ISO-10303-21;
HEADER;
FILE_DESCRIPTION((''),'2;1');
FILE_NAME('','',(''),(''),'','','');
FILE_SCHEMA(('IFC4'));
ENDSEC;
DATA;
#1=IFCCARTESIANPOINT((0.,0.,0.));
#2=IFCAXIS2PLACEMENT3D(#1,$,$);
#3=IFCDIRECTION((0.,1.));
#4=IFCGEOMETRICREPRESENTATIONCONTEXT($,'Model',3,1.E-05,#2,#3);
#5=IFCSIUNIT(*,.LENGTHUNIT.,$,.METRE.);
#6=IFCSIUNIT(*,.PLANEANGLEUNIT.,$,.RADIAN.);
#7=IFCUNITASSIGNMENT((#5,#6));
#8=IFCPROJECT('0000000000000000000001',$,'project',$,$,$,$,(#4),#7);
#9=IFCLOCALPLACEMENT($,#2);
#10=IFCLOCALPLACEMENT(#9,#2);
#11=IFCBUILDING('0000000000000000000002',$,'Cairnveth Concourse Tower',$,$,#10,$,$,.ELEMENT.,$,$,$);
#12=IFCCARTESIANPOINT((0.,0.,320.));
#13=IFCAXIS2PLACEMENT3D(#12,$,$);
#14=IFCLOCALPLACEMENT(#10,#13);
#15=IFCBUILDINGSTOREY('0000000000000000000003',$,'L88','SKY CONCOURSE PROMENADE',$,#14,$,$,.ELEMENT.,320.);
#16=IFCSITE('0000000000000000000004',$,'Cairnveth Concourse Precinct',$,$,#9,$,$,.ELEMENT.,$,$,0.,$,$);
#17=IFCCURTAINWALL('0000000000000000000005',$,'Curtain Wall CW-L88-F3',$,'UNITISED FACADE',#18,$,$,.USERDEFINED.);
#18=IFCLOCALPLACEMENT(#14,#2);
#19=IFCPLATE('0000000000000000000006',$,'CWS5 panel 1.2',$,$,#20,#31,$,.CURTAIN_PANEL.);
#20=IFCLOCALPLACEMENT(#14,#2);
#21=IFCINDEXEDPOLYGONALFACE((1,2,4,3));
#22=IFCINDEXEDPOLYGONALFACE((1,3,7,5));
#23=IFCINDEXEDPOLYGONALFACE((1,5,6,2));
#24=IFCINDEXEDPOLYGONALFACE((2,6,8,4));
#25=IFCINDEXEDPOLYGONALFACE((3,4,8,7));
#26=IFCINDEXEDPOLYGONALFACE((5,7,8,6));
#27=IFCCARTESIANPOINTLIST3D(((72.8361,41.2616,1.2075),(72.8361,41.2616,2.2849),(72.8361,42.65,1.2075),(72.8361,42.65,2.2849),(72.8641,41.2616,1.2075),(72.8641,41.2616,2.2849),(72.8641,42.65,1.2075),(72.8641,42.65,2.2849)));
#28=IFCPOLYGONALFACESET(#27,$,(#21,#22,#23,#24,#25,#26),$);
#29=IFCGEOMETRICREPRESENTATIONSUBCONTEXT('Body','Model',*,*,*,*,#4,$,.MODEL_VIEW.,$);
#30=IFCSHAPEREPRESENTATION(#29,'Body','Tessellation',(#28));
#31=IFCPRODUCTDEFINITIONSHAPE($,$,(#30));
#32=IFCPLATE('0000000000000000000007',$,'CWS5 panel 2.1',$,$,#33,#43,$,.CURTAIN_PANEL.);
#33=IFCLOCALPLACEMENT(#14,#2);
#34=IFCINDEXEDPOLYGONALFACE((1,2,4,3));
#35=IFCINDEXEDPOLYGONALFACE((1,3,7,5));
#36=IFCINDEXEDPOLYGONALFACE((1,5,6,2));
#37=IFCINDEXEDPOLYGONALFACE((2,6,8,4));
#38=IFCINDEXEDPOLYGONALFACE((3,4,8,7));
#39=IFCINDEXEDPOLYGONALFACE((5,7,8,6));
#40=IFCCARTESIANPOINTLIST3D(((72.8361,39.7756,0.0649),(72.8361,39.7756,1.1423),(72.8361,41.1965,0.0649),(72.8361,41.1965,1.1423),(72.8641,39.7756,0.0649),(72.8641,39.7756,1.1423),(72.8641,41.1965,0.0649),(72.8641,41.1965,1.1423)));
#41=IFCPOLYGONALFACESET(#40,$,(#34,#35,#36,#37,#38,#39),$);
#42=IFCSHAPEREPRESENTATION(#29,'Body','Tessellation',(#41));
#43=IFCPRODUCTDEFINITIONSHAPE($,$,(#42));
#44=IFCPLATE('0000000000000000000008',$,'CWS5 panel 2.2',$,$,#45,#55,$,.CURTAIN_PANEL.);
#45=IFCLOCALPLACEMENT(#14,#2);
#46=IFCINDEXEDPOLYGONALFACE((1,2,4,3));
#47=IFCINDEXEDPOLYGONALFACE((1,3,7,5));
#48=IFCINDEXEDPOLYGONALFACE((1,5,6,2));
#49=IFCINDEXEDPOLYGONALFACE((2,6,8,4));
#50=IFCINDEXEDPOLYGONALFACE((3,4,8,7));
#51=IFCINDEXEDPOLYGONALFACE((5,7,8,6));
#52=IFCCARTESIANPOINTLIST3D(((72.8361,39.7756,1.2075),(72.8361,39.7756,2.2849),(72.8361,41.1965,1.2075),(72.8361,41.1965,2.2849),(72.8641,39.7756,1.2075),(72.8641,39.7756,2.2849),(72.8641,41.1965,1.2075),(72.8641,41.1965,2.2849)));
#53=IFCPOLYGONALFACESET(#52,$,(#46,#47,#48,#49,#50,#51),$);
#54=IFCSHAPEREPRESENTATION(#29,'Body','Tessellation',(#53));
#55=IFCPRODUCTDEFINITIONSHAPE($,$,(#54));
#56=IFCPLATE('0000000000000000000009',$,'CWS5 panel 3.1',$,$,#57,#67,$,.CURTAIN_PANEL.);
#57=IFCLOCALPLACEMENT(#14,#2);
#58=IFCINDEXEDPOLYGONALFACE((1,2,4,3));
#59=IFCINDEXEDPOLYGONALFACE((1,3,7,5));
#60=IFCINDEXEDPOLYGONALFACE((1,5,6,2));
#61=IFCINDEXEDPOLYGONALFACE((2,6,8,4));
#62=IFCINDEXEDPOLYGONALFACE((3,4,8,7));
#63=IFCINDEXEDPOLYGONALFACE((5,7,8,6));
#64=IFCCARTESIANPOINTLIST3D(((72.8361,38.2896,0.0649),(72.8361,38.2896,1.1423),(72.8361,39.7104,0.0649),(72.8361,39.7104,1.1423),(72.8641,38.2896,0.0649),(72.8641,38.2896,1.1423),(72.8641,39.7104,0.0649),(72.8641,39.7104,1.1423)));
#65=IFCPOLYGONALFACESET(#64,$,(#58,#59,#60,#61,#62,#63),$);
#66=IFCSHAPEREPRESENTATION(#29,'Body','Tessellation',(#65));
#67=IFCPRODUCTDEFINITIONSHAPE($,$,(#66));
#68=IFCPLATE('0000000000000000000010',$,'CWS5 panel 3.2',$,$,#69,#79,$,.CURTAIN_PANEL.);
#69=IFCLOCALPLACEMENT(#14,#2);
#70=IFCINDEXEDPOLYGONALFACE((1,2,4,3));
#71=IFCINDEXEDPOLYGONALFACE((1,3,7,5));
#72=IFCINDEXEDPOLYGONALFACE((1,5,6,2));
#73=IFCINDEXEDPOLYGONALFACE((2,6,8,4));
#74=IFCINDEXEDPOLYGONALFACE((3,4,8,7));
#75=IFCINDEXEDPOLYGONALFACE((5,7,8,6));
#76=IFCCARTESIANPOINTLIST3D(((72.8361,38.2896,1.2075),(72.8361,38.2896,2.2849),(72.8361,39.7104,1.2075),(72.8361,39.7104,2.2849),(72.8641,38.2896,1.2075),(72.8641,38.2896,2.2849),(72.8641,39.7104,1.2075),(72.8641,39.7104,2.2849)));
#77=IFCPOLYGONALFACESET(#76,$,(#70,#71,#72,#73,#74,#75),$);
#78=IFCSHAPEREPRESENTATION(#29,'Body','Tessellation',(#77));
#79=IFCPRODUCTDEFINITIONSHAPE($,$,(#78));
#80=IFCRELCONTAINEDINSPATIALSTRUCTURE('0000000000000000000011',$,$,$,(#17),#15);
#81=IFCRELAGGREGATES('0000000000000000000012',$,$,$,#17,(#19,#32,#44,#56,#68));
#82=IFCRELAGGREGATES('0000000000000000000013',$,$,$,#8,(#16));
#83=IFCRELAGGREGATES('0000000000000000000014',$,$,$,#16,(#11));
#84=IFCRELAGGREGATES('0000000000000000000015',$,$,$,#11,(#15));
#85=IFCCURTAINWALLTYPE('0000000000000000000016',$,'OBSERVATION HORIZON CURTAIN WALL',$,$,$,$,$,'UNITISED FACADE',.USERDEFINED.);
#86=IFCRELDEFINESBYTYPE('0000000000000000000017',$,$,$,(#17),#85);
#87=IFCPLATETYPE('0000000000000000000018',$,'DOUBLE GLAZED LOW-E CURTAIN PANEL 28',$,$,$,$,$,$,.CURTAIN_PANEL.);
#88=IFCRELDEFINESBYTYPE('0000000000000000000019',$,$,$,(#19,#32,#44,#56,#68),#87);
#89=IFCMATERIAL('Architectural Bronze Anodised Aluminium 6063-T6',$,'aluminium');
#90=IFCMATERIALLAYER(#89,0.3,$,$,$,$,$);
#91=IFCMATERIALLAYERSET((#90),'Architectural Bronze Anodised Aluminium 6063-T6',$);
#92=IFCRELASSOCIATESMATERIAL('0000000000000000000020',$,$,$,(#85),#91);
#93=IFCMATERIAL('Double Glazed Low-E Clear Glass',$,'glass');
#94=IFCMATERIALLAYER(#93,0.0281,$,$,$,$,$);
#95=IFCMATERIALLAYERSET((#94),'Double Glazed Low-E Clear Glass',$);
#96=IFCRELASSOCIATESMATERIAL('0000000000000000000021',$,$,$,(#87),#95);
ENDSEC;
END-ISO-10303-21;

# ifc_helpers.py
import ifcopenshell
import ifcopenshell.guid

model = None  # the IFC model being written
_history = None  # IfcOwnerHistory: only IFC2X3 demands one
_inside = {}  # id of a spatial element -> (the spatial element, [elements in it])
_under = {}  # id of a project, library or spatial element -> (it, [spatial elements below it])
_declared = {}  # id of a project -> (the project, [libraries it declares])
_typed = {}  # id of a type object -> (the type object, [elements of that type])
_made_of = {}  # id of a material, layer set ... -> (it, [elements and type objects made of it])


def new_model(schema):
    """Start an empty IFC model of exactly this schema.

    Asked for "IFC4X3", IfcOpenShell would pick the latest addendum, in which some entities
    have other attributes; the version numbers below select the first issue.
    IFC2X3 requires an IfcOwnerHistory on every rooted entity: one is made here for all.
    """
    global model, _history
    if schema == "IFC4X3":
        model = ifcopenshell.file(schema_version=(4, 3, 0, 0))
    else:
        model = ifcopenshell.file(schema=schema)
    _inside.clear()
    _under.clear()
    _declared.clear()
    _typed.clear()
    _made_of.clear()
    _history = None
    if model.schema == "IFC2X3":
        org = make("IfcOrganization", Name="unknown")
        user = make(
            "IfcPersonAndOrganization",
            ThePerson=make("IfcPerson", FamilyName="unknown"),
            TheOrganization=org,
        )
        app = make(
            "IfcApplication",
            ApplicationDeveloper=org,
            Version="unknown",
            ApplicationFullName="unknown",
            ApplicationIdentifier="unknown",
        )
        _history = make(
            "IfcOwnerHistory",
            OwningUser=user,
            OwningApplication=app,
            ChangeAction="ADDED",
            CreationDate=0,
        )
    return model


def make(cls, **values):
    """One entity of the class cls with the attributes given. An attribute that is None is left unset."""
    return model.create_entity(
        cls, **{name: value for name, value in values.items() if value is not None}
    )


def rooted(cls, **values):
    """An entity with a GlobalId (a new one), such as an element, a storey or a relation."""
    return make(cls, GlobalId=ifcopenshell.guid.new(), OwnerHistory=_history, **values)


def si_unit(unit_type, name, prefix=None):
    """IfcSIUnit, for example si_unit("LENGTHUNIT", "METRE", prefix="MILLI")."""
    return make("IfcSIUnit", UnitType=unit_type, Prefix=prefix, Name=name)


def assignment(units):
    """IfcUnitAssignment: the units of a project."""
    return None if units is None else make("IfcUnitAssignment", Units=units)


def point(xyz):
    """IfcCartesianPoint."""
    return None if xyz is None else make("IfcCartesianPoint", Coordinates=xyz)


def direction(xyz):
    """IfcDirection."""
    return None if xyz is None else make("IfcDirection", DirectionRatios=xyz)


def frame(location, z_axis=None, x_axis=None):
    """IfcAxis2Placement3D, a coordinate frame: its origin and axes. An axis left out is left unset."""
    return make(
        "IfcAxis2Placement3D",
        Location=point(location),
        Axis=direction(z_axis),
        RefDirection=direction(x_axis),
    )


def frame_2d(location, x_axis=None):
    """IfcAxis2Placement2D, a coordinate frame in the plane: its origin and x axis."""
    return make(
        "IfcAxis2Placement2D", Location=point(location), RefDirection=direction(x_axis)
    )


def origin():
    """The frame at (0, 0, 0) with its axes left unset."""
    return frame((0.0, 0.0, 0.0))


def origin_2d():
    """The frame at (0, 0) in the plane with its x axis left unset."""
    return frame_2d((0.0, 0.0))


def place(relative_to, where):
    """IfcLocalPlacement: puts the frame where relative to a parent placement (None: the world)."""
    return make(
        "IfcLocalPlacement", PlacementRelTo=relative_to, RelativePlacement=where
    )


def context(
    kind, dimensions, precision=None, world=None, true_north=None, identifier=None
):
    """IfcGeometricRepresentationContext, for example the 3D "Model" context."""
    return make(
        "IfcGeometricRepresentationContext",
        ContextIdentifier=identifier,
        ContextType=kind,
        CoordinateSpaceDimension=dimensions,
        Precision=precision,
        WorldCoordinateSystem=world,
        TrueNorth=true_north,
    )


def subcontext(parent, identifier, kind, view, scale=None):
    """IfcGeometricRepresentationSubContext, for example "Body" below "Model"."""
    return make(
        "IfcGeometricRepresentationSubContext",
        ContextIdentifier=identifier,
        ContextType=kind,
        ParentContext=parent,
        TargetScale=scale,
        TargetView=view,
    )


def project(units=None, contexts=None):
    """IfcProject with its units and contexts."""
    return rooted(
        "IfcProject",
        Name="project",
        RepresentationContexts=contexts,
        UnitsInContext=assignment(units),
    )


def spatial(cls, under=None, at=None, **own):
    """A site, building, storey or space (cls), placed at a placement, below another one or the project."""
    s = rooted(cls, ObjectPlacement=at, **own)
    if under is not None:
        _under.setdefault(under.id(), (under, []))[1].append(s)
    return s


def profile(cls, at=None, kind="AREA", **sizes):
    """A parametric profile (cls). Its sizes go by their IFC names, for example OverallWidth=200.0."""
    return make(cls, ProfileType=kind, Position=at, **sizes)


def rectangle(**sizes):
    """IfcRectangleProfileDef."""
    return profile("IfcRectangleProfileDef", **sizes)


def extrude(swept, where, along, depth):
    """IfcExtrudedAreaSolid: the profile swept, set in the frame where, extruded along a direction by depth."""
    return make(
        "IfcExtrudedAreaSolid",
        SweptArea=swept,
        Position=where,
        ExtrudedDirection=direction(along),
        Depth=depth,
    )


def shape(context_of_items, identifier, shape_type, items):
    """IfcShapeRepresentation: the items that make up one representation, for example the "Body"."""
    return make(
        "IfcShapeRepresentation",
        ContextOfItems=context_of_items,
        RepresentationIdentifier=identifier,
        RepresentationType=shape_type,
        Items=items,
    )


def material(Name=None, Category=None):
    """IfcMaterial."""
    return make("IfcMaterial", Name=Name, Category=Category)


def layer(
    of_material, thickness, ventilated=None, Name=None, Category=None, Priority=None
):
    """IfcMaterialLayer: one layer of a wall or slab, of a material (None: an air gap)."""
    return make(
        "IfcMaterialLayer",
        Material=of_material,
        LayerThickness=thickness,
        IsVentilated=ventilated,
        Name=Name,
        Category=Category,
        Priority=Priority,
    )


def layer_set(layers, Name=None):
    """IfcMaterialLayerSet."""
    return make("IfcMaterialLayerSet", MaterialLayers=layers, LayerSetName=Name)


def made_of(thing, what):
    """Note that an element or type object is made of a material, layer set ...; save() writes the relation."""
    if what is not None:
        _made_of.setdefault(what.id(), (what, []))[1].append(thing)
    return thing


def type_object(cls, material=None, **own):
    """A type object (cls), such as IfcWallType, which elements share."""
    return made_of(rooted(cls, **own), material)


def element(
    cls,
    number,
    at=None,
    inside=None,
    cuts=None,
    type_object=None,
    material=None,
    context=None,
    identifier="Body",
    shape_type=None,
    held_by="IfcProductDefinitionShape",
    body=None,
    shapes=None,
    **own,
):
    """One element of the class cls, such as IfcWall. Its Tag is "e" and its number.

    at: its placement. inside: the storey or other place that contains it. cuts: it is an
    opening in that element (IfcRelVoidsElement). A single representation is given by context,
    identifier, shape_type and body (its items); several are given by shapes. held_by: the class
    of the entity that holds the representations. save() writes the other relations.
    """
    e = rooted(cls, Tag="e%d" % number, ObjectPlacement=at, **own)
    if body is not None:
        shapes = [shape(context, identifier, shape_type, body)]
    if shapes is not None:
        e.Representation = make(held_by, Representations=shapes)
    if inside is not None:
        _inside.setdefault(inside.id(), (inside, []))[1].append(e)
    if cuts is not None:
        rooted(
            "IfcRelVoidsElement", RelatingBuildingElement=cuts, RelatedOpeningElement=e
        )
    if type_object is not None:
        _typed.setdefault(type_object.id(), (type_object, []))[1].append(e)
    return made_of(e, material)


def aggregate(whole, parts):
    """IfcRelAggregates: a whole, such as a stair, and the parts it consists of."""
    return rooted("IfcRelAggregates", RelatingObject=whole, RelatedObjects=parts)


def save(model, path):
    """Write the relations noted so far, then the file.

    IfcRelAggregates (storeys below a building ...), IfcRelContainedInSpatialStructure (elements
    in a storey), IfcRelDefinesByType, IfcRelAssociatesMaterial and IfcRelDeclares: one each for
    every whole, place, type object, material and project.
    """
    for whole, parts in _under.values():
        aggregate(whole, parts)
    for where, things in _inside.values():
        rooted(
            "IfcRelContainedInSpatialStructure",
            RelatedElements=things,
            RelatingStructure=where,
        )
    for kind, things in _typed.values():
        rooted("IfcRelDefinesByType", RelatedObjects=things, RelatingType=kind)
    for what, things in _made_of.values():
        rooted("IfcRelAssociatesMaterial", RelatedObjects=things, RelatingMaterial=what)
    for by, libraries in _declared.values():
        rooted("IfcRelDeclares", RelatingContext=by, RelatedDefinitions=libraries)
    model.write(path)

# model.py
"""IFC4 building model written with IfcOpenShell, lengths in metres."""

from ifc_helpers import new_model, si_unit, direction, frame, origin, origin_2d, place, context, subcontext, project, spatial, rectangle, extrude, material, layer, layer_set, type_object, element, aggregate, save


model = new_model("IFC4")

# Units and contexts
model_context = context("Model", 3, precision=1e-05, world=origin(), true_north=direction((0.0, 1.0)))
body_context = subcontext(model_context, "Body", "Model", "MODEL_VIEW")
ifc_project = project(units=[si_unit("LENGTHUNIT", "METRE"), si_unit("PLANEANGLEUNIT", "RADIAN")], contexts=[model_context])

# Site, building, storey
site_placement = place(None, origin())
site = spatial("IfcSite", under=ifc_project, at=site_placement, Name="Cairnveth Concourse Precinct", CompositionType="ELEMENT", RefElevation=0.0)
building_placement = place(site_placement, origin())
building = spatial("IfcBuilding", under=site, at=building_placement, Name="Cairnveth Concourse Tower", CompositionType="ELEMENT")
storey_placement = place(building_placement, frame((0.0, 0.0, 320.0)))
storey = spatial("IfcBuildingStorey", under=building, at=storey_placement, Name="L88", Description="SKY CONCOURSE PROMENADE", CompositionType="ELEMENT", Elevation=320.0)

# Curtain wall, plates
ifc_material_1 = material(Name="Architectural Bronze Anodised Aluminium 6063-T6", Category="aluminium")
ifc_layer_1 = layer(ifc_material_1, 0.3)
ifc_layer_set_1 = layer_set([ifc_layer_1], Name="Architectural Bronze Anodised Aluminium 6063-T6")
curtain_wall_type = type_object("IfcCurtainWallType", Name="OBSERVATION HORIZON CURTAIN WALL", ElementType="UNITISED FACADE", PredefinedType="USERDEFINED", material=ifc_layer_set_1)
curtain_wall_placement = place(storey_placement, origin())
curtain_wall = element("IfcCurtainWall", 1, at=curtain_wall_placement, inside=storey, type_object=curtain_wall_type, Name="Curtain Wall CW-L88-F3", ObjectType="UNITISED FACADE", PredefinedType="USERDEFINED")
ifc_material_2 = material(Name="Double Glazed Low-E Clear Glass", Category="glass")
ifc_layer_2 = layer(ifc_material_2, 0.0281)
ifc_layer_set_2 = layer_set([ifc_layer_2], Name="Double Glazed Low-E Clear Glass")
plate_type = type_object("IfcPlateType", Name="DOUBLE GLAZED LOW-E CURTAIN PANEL 28", PredefinedType="CURTAIN_PANEL", material=ifc_layer_set_2)
plate_1_placement = place(storey_placement, frame((72.8501, 41.9558, 1.2075), z_axis=(0.0, 0.0, 1.0), x_axis=(0.0, -1.0, 0.0)))
plate_1 = element("IfcPlate", 2, at=plate_1_placement, type_object=plate_type, Name="CWS5 panel 1.2", PredefinedType="CURTAIN_PANEL", context=body_context, shape_type="SweptSolid", body=[
    extrude(rectangle(XDim=1.3884, YDim=0.0281, at=origin_2d()), origin(), (0.0, 0.0, 1.0), 1.0774),
])
plate_2_placement = place(storey_placement, frame((72.8501, 40.4861, 0.0649), z_axis=(0.0, 0.0, 1.0), x_axis=(0.0, -1.0, 0.0)))
plate_2 = element("IfcPlate", 3, at=plate_2_placement, type_object=plate_type, Name="CWS5 panel 2.1", PredefinedType="CURTAIN_PANEL", context=body_context, shape_type="SweptSolid", body=[
    extrude(rectangle(XDim=1.4209, YDim=0.0281, at=origin_2d()), origin(), (0.0, 0.0, 1.0), 1.0774),
])
plate_3_placement = place(storey_placement, frame((72.8501, 40.4861, 1.2075), z_axis=(0.0, 0.0, 1.0), x_axis=(0.0, -1.0, 0.0)))
plate_3 = element("IfcPlate", 4, at=plate_3_placement, type_object=plate_type, Name="CWS5 panel 2.2", PredefinedType="CURTAIN_PANEL", context=body_context, shape_type="SweptSolid", body=[
    extrude(rectangle(XDim=1.4209, YDim=0.0281, at=origin_2d()), origin(), (0.0, 0.0, 1.0), 1.0774),
])
plate_4_placement = place(storey_placement, frame((72.8501, 39.0, 0.0649), z_axis=(0.0, 0.0, 1.0), x_axis=(0.0, -1.0, 0.0)))
plate_4 = element("IfcPlate", 5, at=plate_4_placement, type_object=plate_type, Name="CWS5 panel 3.1", PredefinedType="CURTAIN_PANEL", context=body_context, shape_type="SweptSolid", body=[
    extrude(rectangle(XDim=1.4209, YDim=0.0281, at=origin_2d()), origin(), (0.0, 0.0, 1.0), 1.0774),
])
plate_5_placement = place(storey_placement, frame((72.8501, 39.0, 1.2075), z_axis=(0.0, 0.0, 1.0), x_axis=(0.0, -1.0, 0.0)))
plate_5 = element("IfcPlate", 6, at=plate_5_placement, type_object=plate_type, Name="CWS5 panel 3.2", PredefinedType="CURTAIN_PANEL", context=body_context, shape_type="SweptSolid", body=[
    extrude(rectangle(XDim=1.4209, YDim=0.0281, at=origin_2d()), origin(), (0.0, 0.0, 1.0), 1.0774),
])
aggregate(curtain_wall, [plate_1, plate_2, plate_3, plate_4, plate_5])

save(model, "model.ifc")
